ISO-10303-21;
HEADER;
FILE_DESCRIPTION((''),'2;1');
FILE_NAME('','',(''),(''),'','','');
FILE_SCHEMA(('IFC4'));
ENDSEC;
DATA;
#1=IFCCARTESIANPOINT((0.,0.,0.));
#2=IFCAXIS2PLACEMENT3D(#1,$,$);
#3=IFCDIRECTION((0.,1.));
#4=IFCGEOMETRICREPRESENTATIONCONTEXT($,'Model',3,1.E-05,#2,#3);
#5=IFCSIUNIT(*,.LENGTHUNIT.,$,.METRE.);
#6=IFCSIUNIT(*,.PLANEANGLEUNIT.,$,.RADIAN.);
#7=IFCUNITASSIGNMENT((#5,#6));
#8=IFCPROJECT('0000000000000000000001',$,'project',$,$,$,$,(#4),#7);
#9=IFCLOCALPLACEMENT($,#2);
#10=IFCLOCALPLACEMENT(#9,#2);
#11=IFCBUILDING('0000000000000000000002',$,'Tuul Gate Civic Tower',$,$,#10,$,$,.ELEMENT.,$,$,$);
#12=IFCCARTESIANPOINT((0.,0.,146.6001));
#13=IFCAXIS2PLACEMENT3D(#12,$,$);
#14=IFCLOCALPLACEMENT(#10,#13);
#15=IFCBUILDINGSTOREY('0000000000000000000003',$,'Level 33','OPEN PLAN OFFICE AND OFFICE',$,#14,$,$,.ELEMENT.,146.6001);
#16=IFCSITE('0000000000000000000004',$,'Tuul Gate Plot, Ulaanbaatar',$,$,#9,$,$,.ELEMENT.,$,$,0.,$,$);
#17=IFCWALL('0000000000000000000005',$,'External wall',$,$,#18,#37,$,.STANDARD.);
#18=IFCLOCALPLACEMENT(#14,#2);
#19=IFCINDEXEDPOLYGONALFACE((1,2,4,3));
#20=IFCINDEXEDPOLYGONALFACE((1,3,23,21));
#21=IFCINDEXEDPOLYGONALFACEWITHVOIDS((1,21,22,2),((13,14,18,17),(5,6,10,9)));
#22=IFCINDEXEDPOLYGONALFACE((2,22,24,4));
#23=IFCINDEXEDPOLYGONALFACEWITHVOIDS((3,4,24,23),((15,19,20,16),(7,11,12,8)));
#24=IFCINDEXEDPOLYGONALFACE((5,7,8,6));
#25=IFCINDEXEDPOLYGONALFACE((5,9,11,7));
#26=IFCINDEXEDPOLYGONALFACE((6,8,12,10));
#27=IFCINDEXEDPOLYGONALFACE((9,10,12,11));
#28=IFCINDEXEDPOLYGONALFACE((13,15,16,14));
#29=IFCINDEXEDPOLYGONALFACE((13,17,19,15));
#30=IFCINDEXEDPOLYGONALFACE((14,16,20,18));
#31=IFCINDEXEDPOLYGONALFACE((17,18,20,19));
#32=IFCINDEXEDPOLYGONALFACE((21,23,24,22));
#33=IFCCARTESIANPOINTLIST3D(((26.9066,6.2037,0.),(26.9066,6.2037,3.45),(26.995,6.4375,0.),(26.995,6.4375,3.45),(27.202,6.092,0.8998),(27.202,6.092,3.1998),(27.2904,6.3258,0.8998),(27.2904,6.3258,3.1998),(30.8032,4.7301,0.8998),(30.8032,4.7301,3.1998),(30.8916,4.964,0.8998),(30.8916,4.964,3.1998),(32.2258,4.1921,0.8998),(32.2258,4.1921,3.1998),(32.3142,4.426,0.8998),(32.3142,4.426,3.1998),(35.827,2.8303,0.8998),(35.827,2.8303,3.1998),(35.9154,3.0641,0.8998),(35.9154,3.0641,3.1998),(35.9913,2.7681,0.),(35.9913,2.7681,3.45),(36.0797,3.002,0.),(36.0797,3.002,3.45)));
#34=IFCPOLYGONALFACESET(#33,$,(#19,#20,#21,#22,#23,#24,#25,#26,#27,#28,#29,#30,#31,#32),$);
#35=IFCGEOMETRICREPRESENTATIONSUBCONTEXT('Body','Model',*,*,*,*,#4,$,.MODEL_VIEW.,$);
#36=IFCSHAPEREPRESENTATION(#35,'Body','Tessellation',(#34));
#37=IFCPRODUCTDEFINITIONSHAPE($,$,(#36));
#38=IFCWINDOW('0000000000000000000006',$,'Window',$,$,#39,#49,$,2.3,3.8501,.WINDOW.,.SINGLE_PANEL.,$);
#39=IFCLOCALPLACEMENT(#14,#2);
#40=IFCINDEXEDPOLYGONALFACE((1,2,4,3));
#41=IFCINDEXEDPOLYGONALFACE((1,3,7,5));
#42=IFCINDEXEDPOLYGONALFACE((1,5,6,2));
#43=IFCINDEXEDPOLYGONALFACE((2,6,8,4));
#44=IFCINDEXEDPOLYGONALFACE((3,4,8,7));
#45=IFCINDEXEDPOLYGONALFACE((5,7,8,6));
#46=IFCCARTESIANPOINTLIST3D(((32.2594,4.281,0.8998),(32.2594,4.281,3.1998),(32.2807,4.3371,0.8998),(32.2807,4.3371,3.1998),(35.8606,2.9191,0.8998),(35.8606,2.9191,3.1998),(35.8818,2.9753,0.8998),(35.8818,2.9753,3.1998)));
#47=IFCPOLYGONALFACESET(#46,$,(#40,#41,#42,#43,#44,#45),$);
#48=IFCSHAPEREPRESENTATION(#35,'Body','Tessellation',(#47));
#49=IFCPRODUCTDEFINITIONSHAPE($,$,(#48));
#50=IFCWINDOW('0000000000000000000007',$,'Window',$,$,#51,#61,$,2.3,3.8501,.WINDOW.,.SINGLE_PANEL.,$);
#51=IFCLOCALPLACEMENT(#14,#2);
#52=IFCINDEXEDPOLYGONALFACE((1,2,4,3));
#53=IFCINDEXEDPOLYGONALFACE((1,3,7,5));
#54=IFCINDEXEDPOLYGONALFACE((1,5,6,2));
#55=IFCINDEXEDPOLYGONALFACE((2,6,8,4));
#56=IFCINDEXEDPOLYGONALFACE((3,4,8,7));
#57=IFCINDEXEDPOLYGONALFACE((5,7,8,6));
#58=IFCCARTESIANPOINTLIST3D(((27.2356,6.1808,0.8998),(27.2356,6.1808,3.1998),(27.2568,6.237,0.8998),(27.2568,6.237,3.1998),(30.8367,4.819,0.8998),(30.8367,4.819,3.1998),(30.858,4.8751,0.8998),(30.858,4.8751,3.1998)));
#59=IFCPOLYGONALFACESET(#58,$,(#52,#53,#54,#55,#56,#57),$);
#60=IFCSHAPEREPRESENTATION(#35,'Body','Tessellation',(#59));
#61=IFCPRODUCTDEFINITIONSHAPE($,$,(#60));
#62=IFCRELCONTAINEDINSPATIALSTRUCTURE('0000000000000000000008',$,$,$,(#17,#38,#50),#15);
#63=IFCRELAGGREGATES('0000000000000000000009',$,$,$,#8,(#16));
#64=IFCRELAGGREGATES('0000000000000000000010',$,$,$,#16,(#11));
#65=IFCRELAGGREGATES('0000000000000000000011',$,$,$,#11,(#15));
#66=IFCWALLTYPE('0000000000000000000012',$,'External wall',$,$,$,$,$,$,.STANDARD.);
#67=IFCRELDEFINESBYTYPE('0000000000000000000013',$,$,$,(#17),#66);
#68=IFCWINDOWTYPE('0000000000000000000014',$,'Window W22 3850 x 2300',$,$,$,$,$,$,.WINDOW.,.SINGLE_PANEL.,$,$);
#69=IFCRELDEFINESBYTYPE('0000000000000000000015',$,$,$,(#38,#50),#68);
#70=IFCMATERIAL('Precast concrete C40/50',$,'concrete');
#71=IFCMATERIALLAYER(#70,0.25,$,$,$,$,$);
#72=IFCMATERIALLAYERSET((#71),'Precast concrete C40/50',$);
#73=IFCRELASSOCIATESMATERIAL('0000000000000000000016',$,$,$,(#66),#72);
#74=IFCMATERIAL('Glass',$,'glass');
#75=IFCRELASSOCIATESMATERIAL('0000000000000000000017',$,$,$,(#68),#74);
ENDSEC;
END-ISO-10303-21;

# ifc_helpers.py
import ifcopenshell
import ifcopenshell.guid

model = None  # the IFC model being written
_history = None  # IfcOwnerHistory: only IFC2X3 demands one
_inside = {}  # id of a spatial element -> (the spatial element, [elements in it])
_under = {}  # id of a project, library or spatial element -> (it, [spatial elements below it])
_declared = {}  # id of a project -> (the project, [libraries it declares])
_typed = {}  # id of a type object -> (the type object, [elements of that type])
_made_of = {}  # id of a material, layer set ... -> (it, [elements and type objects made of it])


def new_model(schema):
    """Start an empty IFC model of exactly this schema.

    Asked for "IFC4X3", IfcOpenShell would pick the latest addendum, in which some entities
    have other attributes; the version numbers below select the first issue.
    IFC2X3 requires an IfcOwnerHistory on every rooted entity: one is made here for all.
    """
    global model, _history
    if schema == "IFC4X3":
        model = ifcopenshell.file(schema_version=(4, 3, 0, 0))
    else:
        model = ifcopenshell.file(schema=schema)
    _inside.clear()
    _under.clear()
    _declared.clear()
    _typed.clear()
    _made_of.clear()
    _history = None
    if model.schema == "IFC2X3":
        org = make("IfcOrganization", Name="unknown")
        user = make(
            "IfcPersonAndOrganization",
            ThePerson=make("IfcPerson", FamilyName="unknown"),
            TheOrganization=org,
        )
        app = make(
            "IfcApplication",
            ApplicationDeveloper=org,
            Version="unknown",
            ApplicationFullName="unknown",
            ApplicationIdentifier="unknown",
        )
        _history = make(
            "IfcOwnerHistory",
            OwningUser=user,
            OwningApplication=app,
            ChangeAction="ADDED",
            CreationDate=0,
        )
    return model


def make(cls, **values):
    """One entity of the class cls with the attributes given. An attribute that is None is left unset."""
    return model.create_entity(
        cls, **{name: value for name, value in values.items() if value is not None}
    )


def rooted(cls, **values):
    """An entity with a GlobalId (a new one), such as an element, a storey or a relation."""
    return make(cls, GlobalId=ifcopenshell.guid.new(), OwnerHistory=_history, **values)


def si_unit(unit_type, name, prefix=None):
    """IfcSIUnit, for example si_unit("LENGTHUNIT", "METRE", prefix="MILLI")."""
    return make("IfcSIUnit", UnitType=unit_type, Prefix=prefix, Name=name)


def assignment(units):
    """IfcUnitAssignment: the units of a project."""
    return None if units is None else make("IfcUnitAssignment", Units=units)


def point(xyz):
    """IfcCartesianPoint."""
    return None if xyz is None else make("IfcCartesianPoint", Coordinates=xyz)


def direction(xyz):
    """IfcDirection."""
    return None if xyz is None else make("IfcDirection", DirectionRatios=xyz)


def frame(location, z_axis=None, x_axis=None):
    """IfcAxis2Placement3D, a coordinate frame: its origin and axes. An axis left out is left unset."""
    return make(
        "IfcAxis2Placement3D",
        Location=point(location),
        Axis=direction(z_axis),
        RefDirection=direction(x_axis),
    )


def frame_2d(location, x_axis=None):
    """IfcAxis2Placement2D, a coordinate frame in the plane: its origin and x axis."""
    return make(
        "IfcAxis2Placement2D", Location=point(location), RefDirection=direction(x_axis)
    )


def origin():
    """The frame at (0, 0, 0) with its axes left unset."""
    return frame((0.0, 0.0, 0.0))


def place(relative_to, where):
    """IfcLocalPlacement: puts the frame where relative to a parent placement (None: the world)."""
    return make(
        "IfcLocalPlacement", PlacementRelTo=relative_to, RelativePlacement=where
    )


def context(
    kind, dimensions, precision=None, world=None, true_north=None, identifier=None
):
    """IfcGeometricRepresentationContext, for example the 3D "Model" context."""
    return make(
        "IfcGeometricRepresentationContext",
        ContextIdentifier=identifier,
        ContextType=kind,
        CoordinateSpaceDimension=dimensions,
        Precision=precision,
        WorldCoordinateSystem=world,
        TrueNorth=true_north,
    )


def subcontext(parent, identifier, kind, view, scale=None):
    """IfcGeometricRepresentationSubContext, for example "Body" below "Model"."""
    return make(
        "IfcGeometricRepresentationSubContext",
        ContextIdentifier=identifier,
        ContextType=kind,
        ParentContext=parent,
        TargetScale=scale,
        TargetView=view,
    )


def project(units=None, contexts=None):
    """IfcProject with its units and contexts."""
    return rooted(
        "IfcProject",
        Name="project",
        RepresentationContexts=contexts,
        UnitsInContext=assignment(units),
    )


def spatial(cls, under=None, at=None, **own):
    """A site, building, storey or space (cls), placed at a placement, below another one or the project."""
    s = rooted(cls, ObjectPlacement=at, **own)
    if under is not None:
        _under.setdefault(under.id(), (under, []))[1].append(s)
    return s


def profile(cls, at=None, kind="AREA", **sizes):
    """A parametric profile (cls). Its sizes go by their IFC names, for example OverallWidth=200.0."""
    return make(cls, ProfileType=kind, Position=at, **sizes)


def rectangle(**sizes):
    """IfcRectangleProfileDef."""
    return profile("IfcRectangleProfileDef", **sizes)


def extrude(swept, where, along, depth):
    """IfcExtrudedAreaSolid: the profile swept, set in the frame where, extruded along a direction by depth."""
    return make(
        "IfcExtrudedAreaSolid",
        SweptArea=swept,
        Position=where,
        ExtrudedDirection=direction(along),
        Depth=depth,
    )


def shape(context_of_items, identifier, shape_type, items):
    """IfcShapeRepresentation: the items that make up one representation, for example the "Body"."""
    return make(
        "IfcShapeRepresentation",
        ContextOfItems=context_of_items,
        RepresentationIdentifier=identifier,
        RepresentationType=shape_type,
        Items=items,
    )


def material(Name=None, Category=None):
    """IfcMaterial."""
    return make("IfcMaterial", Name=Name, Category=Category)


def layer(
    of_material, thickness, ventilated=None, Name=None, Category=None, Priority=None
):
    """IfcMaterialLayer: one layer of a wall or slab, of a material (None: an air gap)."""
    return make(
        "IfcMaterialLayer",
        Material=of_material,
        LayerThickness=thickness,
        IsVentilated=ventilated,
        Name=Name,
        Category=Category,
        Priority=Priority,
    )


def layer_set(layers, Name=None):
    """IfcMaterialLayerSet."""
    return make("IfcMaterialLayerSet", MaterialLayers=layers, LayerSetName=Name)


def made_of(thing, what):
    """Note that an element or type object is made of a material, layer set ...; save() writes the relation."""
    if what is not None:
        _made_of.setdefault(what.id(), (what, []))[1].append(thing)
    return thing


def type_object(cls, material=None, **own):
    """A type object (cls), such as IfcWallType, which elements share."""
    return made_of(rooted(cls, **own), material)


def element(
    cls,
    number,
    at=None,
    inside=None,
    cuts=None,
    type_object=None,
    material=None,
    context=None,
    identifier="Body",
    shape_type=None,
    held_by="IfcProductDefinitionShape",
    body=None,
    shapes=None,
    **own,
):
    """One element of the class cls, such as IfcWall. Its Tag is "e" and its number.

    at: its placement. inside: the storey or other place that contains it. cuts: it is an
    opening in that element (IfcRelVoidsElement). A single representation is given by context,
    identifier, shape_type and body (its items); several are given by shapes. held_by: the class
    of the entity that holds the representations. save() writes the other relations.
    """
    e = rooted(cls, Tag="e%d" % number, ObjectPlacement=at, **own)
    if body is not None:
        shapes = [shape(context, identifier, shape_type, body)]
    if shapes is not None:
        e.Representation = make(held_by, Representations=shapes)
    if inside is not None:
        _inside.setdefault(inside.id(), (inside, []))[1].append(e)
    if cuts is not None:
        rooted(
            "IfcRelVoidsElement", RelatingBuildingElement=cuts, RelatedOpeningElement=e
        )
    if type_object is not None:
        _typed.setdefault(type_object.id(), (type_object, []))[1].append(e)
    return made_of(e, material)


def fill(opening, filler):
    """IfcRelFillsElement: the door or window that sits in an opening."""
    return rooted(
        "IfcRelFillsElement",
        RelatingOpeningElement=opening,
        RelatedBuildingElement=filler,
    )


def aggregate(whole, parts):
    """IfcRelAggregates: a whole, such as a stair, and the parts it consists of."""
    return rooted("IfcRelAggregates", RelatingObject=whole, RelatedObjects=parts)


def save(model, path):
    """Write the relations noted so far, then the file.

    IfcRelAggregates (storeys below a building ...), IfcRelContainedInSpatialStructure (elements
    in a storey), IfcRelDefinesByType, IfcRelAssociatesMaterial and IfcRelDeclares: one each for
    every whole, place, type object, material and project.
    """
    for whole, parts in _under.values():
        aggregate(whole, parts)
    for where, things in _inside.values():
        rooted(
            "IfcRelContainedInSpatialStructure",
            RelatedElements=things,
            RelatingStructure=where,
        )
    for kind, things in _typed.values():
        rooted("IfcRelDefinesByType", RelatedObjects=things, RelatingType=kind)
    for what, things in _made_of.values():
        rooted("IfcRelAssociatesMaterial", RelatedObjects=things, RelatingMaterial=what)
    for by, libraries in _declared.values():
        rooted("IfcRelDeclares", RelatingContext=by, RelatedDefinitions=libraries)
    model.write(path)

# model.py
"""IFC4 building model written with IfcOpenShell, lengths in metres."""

from ifc_helpers import new_model, si_unit, direction, frame, frame_2d, origin, place, context, subcontext, project, spatial, rectangle, extrude, material, layer, layer_set, type_object, element, fill, save


model = new_model("IFC4")

# Units and contexts
model_context = context("Model", 3, precision=1e-05, world=origin(), true_north=direction((0.0, 1.0)))
body_context = subcontext(model_context, "Body", "Model", "MODEL_VIEW")
ifc_project = project(units=[si_unit("LENGTHUNIT", "METRE"), si_unit("PLANEANGLEUNIT", "RADIAN")], contexts=[model_context])

# Site, building, storey
site_placement = place(None, origin())
site = spatial("IfcSite", under=ifc_project, at=site_placement, Name="Tuul Gate Plot, Ulaanbaatar", CompositionType="ELEMENT", RefElevation=0.0)
building_placement = place(site_placement, origin())
building = spatial("IfcBuilding", under=site, at=building_placement, Name="Tuul Gate Civic Tower", CompositionType="ELEMENT")
storey_placement = place(building_placement, frame((0.0, 0.0, 146.6001)))
storey = spatial("IfcBuildingStorey", under=building, at=storey_placement, Name="Level 33", Description="OPEN PLAN OFFICE AND OFFICE", CompositionType="ELEMENT", Elevation=146.6001)

# Wall, openings, windows
ifc_material_1 = material(Name="Precast concrete C40/50", Category="concrete")
ifc_layer_1 = layer(ifc_material_1, 0.25)
ifc_layer_set_1 = layer_set([ifc_layer_1], Name="Precast concrete C40/50")
wall_type_1 = type_object("IfcWallType", Name="External wall", PredefinedType="STANDARD", material=ifc_layer_set_1)
ifc_material_2 = material(Name="Glass", Category="glass")
window_type = type_object("IfcWindowType", Name="Window W22 3850 x 2300", PartitioningType="SINGLE_PANEL", PredefinedType="WINDOW", material=ifc_material_2)
wall_1_placement = place(storey_placement, frame((36.0356, 2.885, 0.0), z_axis=(0.0, 0.0, 1.0), x_axis=(-0.935351, 0.35372, 0.0)))
wall_1 = element("IfcWall", 1, at=wall_1_placement, inside=storey, type_object=wall_type_1, Name="External wall", PredefinedType="STANDARD", context=body_context, shape_type="SweptSolid", body=[
    extrude(rectangle(XDim=9.7126, YDim=0.25, at=frame_2d((4.8564, 0.0))), origin(), (0.0, 0.0, 1.0), 3.45),
])
opening_1_placement = place(wall_1_placement, frame((0.1758, 0.0, 0.8999)))
opening_1 = element("IfcOpeningElement", 2, at=opening_1_placement, cuts=wall_1, PredefinedType="OPENING", context=body_context, shape_type="SweptSolid", body=[
    extrude(rectangle(XDim=3.8501, YDim=2.3, at=frame_2d((1.925, 1.1499))), frame((0.0, 0.135, 0.0), z_axis=(0.0, -1.0, 0.0), x_axis=(1.0, 0.0, 0.0)), (0.0, 0.0, 1.0), 0.27),
])
opening_2_placement = place(wall_1_placement, frame((5.5469, 0.0, 0.8999)))
opening_2 = element("IfcOpeningElement", 3, at=opening_2_placement, cuts=wall_1, PredefinedType="OPENING", context=body_context, shape_type="SweptSolid", body=[
    extrude(rectangle(XDim=3.8501, YDim=2.3, at=frame_2d((1.925, 1.1499))), frame((0.0, 0.135, 0.0), z_axis=(0.0, -1.0, 0.0), x_axis=(1.0, 0.0, 0.0)), (0.0, 0.0, 1.0), 0.27),
])
window_1_placement = place(opening_1_placement, origin())
window_1 = element("IfcWindow", 4, at=window_1_placement, inside=storey, type_object=window_type, Name="Window", OverallHeight=2.3, OverallWidth=3.8501, PartitioningType="SINGLE_PANEL", PredefinedType="WINDOW", context=body_context, shape_type="SweptSolid", body=[
    extrude(rectangle(XDim=3.8501, YDim=2.3, at=frame_2d((1.925, 1.1499))), frame((0.0, 0.03, 0.0), z_axis=(0.0, -1.0, 0.0), x_axis=(1.0, 0.0, 0.0)), (0.0, 0.0, 1.0), 0.0601),
])
fill(opening_1, window_1)
window_2_placement = place(opening_2_placement, origin())
window_2 = element("IfcWindow", 5, at=window_2_placement, inside=storey, type_object=window_type, Name="Window", OverallHeight=2.3, OverallWidth=3.8501, PartitioningType="SINGLE_PANEL", PredefinedType="WINDOW", context=body_context, shape_type="SweptSolid", body=[
    extrude(rectangle(XDim=3.8501, YDim=2.3, at=frame_2d((1.925, 1.1499))), frame((0.0, 0.03, 0.0), z_axis=(0.0, -1.0, 0.0), x_axis=(1.0, 0.0, 0.0)), (0.0, 0.0, 1.0), 0.0601),
])
fill(opening_2, window_2)

save(model, "model.ifc")
